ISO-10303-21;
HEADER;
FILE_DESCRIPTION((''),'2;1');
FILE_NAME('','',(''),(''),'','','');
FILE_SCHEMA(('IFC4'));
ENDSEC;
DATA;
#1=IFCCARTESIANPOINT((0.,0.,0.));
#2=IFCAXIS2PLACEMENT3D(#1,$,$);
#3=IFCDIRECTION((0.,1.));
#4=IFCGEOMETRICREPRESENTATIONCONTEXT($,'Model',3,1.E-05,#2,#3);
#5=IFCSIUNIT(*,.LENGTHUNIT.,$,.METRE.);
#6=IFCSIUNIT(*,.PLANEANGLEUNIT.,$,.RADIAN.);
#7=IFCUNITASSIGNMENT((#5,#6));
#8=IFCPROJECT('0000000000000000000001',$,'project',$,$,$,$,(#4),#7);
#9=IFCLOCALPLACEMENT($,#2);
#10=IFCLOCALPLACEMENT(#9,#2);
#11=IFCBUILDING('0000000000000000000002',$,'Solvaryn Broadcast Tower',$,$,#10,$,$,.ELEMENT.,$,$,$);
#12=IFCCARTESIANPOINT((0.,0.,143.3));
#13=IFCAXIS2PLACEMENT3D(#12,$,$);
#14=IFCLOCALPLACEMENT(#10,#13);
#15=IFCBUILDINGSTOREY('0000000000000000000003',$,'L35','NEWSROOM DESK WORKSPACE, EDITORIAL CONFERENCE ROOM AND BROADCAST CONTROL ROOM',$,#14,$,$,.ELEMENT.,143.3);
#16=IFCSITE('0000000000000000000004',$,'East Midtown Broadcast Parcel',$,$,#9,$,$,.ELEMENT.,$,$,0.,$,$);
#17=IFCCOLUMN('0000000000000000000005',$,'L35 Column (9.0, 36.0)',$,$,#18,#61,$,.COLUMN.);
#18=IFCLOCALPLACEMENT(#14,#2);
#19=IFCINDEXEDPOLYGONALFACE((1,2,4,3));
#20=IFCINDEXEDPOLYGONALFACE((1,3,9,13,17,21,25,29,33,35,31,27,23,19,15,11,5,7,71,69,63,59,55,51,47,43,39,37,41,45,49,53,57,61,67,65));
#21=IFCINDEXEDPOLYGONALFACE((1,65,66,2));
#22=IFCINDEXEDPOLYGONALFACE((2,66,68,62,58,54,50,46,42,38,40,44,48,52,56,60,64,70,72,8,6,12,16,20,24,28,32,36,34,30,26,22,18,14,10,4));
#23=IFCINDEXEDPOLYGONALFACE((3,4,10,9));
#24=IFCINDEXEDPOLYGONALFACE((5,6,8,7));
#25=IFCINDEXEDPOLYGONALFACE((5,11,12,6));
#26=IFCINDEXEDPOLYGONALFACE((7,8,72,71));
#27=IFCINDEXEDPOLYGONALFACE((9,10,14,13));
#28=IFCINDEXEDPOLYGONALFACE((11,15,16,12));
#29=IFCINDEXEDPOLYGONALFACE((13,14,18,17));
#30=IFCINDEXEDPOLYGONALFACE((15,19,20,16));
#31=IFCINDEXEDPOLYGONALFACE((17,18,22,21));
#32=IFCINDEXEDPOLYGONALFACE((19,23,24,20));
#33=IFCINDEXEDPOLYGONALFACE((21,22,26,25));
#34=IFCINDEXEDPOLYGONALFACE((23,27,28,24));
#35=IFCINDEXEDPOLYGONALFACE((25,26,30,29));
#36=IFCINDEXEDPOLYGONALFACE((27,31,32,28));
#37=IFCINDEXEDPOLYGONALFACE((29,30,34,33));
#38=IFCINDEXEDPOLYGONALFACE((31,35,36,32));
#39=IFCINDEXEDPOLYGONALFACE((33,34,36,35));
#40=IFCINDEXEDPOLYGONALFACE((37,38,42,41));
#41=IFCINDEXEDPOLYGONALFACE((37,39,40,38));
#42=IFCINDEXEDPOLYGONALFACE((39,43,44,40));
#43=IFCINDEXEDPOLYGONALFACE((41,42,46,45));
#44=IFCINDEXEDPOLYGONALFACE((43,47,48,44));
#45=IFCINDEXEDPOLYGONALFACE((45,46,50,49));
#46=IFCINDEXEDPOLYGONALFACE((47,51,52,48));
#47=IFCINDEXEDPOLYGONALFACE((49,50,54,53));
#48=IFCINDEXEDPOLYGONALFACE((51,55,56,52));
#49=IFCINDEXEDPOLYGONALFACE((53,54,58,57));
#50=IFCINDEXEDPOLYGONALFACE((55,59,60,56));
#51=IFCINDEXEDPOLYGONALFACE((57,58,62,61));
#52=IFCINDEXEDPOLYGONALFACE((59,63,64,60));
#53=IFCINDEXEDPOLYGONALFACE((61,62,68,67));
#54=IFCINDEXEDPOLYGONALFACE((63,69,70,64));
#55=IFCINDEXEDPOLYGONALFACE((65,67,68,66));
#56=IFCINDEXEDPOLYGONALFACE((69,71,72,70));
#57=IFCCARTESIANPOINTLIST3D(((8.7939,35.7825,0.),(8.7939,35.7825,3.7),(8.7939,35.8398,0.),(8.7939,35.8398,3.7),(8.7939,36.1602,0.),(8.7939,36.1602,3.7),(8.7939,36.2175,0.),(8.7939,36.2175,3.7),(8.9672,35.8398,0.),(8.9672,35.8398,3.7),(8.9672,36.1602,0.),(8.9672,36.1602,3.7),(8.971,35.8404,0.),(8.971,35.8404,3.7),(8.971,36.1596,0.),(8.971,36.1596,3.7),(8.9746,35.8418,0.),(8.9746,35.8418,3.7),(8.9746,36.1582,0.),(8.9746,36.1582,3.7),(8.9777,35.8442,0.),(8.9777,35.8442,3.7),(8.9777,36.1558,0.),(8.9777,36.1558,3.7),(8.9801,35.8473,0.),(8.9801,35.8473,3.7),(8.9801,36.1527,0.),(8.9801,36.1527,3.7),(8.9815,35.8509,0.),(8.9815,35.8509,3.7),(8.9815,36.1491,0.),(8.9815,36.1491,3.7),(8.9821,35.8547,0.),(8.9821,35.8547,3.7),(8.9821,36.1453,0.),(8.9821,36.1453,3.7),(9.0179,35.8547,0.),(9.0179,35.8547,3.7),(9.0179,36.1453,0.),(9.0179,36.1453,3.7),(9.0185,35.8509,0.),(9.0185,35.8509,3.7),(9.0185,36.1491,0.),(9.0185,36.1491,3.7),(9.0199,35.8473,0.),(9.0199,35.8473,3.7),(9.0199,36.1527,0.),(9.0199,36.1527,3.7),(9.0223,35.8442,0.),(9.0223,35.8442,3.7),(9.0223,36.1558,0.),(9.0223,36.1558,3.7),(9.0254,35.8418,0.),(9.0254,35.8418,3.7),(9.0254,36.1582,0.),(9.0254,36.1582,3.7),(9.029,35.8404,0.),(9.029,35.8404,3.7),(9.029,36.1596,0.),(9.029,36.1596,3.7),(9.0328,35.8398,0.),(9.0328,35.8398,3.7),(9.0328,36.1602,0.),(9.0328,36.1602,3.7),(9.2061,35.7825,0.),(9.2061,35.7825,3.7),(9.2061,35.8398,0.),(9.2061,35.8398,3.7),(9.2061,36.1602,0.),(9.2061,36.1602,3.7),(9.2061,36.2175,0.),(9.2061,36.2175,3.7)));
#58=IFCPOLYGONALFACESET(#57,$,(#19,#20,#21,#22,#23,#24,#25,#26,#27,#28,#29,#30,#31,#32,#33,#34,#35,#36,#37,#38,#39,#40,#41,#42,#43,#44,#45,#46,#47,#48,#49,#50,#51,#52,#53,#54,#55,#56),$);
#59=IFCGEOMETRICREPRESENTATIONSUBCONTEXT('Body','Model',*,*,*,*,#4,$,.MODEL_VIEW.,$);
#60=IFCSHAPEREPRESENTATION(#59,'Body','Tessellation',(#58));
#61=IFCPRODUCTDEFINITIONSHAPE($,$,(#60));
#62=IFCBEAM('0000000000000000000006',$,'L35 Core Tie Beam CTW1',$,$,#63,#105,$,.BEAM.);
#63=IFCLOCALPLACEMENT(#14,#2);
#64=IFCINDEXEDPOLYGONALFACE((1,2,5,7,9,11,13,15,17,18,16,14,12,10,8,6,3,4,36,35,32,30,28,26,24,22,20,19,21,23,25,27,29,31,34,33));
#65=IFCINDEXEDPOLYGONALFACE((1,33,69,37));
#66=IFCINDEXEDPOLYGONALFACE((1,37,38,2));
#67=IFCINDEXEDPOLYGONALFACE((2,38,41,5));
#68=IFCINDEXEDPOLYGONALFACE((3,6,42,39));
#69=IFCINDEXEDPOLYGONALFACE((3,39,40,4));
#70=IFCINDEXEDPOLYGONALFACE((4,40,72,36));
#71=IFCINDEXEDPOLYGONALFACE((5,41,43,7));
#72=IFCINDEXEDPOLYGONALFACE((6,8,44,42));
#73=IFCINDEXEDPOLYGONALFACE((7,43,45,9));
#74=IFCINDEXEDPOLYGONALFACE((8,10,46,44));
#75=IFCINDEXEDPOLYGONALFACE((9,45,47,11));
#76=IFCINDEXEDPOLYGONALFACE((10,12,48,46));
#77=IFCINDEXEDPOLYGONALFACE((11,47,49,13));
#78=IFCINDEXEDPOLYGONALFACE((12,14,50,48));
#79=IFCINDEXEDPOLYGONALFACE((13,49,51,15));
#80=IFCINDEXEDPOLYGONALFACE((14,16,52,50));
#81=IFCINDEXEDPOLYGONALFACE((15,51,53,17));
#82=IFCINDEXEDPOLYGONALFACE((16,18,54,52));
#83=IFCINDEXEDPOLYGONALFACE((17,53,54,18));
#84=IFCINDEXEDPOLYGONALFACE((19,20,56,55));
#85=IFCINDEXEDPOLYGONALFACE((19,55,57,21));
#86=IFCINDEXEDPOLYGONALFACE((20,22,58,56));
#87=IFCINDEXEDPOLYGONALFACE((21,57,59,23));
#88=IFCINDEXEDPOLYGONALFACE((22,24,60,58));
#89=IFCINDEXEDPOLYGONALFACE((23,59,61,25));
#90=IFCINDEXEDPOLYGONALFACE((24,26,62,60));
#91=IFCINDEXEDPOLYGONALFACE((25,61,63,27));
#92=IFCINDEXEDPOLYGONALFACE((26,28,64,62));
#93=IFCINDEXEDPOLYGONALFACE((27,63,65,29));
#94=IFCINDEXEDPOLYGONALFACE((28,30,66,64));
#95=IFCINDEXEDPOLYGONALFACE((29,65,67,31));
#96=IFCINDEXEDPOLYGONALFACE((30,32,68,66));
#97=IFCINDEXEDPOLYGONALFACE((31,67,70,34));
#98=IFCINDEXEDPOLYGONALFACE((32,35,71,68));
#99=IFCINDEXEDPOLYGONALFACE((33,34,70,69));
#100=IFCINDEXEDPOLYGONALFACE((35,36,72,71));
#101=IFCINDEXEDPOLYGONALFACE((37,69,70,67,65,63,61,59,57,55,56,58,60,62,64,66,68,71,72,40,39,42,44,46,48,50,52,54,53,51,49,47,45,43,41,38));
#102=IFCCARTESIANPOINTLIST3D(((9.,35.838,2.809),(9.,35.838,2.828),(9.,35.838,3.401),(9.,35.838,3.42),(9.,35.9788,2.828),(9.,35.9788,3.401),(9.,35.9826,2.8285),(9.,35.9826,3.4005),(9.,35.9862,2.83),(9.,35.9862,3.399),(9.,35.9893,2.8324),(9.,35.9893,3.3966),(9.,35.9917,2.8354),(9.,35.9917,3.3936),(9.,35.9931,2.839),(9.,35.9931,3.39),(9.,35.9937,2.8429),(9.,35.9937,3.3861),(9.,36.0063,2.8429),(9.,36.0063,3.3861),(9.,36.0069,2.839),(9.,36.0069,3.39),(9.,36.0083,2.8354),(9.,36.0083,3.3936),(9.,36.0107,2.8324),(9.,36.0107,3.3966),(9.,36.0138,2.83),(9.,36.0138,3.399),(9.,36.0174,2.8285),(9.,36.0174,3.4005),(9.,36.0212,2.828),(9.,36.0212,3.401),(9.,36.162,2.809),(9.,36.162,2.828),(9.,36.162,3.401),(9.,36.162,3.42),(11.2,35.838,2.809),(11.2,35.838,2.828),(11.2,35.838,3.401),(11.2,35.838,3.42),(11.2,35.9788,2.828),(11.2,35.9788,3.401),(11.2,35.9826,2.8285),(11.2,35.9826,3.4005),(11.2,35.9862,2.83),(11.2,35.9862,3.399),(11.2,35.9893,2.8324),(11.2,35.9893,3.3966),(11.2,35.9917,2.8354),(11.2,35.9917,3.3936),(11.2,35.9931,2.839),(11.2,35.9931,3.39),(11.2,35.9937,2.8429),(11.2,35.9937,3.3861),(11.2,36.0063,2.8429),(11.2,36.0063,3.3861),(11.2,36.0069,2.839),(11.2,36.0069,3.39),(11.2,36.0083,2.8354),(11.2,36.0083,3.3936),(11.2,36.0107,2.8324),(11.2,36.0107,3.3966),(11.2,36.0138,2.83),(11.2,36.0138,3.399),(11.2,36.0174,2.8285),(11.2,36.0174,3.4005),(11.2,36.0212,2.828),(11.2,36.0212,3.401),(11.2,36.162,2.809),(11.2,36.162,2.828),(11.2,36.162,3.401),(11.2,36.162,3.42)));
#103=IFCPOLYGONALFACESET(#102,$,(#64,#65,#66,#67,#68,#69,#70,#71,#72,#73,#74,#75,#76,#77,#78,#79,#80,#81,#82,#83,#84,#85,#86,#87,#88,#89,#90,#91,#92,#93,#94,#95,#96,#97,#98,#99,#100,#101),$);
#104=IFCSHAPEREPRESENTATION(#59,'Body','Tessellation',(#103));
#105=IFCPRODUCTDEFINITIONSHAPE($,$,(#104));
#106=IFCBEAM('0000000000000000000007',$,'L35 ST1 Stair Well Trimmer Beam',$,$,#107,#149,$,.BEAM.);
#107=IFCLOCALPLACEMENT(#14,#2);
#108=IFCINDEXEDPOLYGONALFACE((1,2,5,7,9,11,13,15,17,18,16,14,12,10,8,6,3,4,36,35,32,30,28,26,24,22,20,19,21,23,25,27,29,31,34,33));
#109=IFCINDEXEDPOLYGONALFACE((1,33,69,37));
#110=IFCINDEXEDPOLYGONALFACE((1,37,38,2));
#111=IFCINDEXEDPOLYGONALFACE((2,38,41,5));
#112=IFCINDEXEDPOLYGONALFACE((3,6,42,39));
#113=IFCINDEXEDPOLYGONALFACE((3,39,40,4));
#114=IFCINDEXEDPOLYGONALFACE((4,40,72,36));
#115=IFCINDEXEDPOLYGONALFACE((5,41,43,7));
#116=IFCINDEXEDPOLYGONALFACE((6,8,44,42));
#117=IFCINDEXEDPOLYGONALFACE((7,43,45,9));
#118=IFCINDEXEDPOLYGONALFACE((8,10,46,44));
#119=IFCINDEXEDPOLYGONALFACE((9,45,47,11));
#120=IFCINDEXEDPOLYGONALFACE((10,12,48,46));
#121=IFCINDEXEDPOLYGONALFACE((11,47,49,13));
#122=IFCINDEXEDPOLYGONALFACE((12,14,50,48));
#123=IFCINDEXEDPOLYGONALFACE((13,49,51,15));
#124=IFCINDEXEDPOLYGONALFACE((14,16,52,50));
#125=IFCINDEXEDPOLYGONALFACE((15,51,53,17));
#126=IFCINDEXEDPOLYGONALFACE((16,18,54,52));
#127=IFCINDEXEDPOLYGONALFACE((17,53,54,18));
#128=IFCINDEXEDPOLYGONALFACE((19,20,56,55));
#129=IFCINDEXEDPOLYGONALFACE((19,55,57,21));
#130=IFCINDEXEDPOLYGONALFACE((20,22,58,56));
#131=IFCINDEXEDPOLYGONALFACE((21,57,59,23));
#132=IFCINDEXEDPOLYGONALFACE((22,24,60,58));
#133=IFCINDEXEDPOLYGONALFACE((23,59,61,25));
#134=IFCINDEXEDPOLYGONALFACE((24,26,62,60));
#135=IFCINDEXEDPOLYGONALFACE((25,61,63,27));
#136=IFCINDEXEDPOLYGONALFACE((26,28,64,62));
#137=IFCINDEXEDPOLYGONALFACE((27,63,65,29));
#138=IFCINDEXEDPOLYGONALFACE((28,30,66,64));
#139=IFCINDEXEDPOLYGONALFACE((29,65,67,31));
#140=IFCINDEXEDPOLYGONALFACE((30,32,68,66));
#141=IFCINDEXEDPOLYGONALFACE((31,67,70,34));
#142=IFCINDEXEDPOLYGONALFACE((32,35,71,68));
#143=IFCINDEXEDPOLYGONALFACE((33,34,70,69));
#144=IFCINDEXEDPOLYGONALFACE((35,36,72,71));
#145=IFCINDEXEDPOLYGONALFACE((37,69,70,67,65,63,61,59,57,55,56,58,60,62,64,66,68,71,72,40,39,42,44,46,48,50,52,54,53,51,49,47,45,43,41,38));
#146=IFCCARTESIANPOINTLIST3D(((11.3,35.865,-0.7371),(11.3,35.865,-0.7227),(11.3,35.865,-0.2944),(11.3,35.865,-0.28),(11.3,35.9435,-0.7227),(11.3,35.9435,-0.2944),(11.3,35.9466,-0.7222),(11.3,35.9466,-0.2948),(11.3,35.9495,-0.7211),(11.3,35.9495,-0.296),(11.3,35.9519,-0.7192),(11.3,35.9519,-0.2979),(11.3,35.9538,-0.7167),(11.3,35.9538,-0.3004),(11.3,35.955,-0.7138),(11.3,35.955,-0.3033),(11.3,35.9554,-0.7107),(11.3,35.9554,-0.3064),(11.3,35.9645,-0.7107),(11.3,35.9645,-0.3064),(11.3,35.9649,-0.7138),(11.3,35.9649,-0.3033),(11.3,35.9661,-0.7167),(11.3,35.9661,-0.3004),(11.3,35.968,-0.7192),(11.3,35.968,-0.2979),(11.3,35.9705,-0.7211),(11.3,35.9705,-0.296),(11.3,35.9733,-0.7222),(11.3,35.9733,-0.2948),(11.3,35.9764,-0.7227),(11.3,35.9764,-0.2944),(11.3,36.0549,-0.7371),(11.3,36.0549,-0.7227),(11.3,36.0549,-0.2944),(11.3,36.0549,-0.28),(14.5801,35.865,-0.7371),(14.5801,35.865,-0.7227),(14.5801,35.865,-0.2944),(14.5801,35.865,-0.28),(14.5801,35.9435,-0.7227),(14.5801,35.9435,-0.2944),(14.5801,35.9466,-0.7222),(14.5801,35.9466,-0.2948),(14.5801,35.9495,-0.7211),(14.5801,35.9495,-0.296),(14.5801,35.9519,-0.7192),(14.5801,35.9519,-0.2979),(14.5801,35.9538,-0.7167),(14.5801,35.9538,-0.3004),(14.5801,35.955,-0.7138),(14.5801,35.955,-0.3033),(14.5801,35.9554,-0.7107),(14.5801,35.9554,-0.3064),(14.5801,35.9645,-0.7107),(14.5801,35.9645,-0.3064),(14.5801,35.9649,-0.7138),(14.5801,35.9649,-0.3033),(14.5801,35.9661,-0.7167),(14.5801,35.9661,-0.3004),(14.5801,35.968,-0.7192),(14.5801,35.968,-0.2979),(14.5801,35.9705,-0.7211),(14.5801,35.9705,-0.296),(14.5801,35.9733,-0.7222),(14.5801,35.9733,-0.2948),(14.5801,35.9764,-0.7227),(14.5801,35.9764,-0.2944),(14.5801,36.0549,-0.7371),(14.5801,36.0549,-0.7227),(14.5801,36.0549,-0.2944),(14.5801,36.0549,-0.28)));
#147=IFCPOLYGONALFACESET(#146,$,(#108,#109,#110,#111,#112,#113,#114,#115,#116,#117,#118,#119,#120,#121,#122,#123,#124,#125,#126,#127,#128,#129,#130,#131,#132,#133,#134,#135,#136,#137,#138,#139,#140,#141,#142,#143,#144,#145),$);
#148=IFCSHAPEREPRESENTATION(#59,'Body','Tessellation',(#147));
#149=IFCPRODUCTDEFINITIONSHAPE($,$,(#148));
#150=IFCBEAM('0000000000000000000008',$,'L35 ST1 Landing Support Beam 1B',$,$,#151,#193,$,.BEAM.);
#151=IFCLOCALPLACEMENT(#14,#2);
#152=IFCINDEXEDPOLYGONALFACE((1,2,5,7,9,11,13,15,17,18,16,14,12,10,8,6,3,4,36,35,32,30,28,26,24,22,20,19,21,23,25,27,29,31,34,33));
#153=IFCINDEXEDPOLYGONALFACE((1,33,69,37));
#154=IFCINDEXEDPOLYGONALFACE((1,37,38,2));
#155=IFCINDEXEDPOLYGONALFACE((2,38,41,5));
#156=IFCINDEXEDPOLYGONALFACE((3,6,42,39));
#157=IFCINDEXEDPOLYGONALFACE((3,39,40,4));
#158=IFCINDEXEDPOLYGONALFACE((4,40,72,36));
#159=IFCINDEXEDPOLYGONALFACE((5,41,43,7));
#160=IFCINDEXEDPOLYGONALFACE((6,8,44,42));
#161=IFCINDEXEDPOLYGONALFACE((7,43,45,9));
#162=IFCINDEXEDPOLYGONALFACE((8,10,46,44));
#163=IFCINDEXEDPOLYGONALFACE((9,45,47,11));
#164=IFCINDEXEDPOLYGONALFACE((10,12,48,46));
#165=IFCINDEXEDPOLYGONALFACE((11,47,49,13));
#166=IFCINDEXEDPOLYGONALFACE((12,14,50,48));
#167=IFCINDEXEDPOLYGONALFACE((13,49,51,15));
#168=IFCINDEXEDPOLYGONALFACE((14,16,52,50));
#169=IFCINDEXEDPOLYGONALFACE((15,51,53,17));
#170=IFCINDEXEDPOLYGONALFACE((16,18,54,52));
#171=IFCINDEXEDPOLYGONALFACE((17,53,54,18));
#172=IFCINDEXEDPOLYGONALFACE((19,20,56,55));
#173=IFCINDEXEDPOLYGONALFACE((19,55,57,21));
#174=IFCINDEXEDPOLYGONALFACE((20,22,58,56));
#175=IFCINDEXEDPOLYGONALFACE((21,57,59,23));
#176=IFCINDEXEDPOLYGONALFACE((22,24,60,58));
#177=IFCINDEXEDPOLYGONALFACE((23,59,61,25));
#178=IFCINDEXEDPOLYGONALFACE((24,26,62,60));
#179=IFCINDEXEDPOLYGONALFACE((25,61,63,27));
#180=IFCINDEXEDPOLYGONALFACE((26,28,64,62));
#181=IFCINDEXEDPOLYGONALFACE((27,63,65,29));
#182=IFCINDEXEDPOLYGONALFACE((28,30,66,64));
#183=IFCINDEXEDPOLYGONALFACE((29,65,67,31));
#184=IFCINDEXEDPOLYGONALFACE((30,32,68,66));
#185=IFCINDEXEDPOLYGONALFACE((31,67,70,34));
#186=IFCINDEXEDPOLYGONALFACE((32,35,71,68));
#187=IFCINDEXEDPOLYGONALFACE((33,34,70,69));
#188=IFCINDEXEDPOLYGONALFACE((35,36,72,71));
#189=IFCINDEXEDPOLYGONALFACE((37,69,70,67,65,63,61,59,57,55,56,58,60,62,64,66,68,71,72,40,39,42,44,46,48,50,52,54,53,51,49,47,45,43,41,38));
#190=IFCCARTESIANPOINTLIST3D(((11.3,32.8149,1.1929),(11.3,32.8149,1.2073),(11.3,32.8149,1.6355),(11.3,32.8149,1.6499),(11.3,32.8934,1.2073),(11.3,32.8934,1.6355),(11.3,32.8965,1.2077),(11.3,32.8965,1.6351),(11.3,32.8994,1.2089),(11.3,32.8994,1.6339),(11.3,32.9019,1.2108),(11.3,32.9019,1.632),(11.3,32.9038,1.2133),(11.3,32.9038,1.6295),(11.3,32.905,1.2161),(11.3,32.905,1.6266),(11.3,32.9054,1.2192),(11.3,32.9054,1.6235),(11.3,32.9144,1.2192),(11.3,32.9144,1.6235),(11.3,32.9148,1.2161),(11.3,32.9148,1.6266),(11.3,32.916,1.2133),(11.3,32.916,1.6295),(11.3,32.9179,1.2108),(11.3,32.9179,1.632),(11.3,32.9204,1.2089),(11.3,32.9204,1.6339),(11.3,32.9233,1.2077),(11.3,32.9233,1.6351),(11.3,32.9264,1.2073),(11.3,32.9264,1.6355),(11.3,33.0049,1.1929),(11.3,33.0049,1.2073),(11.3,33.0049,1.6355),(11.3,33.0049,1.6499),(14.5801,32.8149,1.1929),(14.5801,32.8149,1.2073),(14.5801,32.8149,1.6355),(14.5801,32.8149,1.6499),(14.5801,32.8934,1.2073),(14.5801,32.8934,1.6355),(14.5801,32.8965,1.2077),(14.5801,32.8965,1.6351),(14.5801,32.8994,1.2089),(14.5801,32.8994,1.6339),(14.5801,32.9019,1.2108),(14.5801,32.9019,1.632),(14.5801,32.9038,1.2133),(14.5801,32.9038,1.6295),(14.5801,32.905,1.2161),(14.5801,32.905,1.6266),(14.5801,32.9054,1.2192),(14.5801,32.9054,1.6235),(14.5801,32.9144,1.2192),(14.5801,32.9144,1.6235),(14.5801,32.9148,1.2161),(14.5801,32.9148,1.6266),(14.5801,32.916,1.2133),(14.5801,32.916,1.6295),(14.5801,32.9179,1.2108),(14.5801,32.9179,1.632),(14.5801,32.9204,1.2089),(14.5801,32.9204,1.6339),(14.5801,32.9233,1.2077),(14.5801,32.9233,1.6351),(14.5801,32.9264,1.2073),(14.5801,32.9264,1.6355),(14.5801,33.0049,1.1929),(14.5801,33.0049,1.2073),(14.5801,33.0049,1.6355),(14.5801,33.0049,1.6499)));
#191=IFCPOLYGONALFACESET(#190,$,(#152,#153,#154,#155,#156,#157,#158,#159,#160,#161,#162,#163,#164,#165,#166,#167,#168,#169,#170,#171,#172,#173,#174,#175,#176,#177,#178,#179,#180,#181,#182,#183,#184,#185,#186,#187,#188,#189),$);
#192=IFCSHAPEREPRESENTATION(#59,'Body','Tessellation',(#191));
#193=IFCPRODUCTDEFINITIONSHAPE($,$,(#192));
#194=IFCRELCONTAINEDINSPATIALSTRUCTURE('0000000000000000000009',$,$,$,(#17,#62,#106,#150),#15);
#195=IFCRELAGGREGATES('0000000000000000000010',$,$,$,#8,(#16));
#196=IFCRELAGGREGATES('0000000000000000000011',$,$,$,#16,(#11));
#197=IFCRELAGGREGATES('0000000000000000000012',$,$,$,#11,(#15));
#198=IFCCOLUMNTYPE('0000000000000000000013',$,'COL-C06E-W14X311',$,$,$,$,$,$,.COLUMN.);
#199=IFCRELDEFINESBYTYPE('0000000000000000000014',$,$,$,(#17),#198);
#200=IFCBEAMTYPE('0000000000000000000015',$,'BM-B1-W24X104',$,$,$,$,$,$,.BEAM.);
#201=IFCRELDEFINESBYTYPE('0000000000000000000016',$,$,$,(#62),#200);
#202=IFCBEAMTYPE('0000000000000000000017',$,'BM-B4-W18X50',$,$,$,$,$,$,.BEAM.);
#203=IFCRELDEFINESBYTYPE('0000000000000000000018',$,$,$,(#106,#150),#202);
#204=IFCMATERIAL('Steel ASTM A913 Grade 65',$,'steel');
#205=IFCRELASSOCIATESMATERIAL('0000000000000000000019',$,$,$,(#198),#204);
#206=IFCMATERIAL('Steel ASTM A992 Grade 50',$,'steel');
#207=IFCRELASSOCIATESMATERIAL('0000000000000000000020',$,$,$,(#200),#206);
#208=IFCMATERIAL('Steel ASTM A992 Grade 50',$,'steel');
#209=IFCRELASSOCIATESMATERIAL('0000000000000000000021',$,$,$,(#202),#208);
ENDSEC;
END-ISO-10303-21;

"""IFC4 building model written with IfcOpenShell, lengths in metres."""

from ifc_helpers import new_model, si_unit, direction, frame, origin, origin_2d, place, context, subcontext, project, spatial, i_section, extrude, material, material_profile, profile_set, type_object, element, save


model = new_model("IFC4")

# Units and contexts
model_context = context("Model", 3, precision=1e-05, world=origin(), true_north=direction((0.0, 1.0)))
body_context = subcontext(model_context, "Body", "Model", "MODEL_VIEW")
ifc_project = project(units=[si_unit("LENGTHUNIT", "METRE"), si_unit("PLANEANGLEUNIT", "RADIAN")], contexts=[model_context])

# Site, building, storey
site_placement = place(None, origin())
site = spatial("IfcSite", under=ifc_project, at=site_placement, Name="East Midtown Broadcast Parcel", CompositionType="ELEMENT", RefElevation=0.0)
building_placement = place(site_placement, origin())
building = spatial("IfcBuilding", under=site, at=building_placement, Name="Solvaryn Broadcast Tower", CompositionType="ELEMENT")
storey_placement = place(building_placement, frame((0.0, 0.0, 143.3)))
storey = spatial("IfcBuildingStorey", under=building, at=storey_placement, Name="L35", Description="NEWSROOM DESK WORKSPACE, EDITORIAL CONFERENCE ROOM AND BROADCAST CONTROL ROOM", CompositionType="ELEMENT", Elevation=143.3)

# Column
ifc_material_1 = material(Name="Steel ASTM A913 Grade 65", Category="steel")
ifc_material_profile_1 = material_profile(ifc_material_1, i_section(OverallWidth=0.4121, OverallDepth=0.4351, WebThickness=0.0359, FlangeThickness=0.0574, FilletRadius=0.0149, at=origin_2d()))
ifc_profile_set_1 = profile_set([ifc_material_profile_1], Name="Steel ASTM A913 Grade 65")
column_type = type_object("IfcColumnType", Name="COL-C06E-W14X311", PredefinedType="COLUMN", material=ifc_profile_set_1)
column_placement = place(storey_placement, frame((9.0, 36.0, 0.0), z_axis=(0.0, 0.0, 1.0), x_axis=(1.0, 0.0, 0.0)))
element("IfcColumn", 1, at=column_placement, inside=storey, type_object=column_type, Name="L35 Column (9.0, 36.0)", PredefinedType="COLUMN", context=body_context, shape_type="SweptSolid", body=[
    extrude(i_section(OverallWidth=0.4121, OverallDepth=0.4351, WebThickness=0.0359, FlangeThickness=0.0574, FilletRadius=0.0149, at=origin_2d()), origin(), (0.0, 0.0, 1.0), 3.7),
])

# Beams
ifc_material_2 = material(Name="Steel ASTM A992 Grade 50", Category="steel")
ifc_material_profile_2 = material_profile(ifc_material_2, i_section(OverallWidth=0.324, OverallDepth=0.6111, WebThickness=0.0127, FlangeThickness=0.019, FilletRadius=0.0149, at=origin_2d()))
ifc_profile_set_2 = profile_set([ifc_material_profile_2], Name="Steel ASTM A992 Grade 50")
beam_type_1 = type_object("IfcBeamType", Name="BM-B1-W24X104", PredefinedType="BEAM", material=ifc_profile_set_2)
beam_1_placement = place(storey_placement, frame((9.0, 36.0, 3.1145), z_axis=(1.0, 0.0, 0.0), x_axis=(0.0, 1.0, 0.0)))
element("IfcBeam", 2, at=beam_1_placement, inside=storey, type_object=beam_type_1, Name="L35 Core Tie Beam CTW1", PredefinedType="BEAM", context=body_context, shape_type="SweptSolid", body=[
    extrude(i_section(OverallWidth=0.324, OverallDepth=0.6111, WebThickness=0.0127, FlangeThickness=0.019, FilletRadius=0.0149, at=origin_2d()), origin(), (0.0, 0.0, 1.0), 2.2),
])
ifc_material_3 = material(Name="Steel ASTM A992 Grade 50", Category="steel")
ifc_material_profile_3 = material_profile(ifc_material_3, i_section(OverallWidth=0.1899, OverallDepth=0.457, WebThickness=0.009, FlangeThickness=0.0144, FilletRadius=0.012, at=origin_2d()))
ifc_profile_set_3 = profile_set([ifc_material_profile_3], Name="Steel ASTM A992 Grade 50")
beam_type_2 = type_object("IfcBeamType", Name="BM-B4-W18X50", PredefinedType="BEAM", material=ifc_profile_set_3)
for number, where, z_axis, x_axis, name in (
    (3, (11.3, 35.96, -0.5085), (1.0, 0.0, 0.0), (0.0, 1.0, 0.0), "L35 ST1 Stair Well Trimmer Beam"),
    (4, (11.3, 32.9099, 1.4214), (1.0, 0.0, 0.0), (0.0, 1.0, 0.0), "L35 ST1 Landing Support Beam 1B"),
):
    element("IfcBeam", number, at=place(storey_placement, frame(where, z_axis=z_axis, x_axis=x_axis)), inside=storey, type_object=beam_type_2, Name=name, PredefinedType="BEAM", context=body_context, shape_type="SweptSolid", body=[
        extrude(i_section(OverallWidth=0.1899, OverallDepth=0.457, WebThickness=0.009, FlangeThickness=0.0144, FilletRadius=0.012, at=origin_2d()), origin(), (0.0, 0.0, 1.0), 3.28),
    ])

save(model, "model.ifc")
